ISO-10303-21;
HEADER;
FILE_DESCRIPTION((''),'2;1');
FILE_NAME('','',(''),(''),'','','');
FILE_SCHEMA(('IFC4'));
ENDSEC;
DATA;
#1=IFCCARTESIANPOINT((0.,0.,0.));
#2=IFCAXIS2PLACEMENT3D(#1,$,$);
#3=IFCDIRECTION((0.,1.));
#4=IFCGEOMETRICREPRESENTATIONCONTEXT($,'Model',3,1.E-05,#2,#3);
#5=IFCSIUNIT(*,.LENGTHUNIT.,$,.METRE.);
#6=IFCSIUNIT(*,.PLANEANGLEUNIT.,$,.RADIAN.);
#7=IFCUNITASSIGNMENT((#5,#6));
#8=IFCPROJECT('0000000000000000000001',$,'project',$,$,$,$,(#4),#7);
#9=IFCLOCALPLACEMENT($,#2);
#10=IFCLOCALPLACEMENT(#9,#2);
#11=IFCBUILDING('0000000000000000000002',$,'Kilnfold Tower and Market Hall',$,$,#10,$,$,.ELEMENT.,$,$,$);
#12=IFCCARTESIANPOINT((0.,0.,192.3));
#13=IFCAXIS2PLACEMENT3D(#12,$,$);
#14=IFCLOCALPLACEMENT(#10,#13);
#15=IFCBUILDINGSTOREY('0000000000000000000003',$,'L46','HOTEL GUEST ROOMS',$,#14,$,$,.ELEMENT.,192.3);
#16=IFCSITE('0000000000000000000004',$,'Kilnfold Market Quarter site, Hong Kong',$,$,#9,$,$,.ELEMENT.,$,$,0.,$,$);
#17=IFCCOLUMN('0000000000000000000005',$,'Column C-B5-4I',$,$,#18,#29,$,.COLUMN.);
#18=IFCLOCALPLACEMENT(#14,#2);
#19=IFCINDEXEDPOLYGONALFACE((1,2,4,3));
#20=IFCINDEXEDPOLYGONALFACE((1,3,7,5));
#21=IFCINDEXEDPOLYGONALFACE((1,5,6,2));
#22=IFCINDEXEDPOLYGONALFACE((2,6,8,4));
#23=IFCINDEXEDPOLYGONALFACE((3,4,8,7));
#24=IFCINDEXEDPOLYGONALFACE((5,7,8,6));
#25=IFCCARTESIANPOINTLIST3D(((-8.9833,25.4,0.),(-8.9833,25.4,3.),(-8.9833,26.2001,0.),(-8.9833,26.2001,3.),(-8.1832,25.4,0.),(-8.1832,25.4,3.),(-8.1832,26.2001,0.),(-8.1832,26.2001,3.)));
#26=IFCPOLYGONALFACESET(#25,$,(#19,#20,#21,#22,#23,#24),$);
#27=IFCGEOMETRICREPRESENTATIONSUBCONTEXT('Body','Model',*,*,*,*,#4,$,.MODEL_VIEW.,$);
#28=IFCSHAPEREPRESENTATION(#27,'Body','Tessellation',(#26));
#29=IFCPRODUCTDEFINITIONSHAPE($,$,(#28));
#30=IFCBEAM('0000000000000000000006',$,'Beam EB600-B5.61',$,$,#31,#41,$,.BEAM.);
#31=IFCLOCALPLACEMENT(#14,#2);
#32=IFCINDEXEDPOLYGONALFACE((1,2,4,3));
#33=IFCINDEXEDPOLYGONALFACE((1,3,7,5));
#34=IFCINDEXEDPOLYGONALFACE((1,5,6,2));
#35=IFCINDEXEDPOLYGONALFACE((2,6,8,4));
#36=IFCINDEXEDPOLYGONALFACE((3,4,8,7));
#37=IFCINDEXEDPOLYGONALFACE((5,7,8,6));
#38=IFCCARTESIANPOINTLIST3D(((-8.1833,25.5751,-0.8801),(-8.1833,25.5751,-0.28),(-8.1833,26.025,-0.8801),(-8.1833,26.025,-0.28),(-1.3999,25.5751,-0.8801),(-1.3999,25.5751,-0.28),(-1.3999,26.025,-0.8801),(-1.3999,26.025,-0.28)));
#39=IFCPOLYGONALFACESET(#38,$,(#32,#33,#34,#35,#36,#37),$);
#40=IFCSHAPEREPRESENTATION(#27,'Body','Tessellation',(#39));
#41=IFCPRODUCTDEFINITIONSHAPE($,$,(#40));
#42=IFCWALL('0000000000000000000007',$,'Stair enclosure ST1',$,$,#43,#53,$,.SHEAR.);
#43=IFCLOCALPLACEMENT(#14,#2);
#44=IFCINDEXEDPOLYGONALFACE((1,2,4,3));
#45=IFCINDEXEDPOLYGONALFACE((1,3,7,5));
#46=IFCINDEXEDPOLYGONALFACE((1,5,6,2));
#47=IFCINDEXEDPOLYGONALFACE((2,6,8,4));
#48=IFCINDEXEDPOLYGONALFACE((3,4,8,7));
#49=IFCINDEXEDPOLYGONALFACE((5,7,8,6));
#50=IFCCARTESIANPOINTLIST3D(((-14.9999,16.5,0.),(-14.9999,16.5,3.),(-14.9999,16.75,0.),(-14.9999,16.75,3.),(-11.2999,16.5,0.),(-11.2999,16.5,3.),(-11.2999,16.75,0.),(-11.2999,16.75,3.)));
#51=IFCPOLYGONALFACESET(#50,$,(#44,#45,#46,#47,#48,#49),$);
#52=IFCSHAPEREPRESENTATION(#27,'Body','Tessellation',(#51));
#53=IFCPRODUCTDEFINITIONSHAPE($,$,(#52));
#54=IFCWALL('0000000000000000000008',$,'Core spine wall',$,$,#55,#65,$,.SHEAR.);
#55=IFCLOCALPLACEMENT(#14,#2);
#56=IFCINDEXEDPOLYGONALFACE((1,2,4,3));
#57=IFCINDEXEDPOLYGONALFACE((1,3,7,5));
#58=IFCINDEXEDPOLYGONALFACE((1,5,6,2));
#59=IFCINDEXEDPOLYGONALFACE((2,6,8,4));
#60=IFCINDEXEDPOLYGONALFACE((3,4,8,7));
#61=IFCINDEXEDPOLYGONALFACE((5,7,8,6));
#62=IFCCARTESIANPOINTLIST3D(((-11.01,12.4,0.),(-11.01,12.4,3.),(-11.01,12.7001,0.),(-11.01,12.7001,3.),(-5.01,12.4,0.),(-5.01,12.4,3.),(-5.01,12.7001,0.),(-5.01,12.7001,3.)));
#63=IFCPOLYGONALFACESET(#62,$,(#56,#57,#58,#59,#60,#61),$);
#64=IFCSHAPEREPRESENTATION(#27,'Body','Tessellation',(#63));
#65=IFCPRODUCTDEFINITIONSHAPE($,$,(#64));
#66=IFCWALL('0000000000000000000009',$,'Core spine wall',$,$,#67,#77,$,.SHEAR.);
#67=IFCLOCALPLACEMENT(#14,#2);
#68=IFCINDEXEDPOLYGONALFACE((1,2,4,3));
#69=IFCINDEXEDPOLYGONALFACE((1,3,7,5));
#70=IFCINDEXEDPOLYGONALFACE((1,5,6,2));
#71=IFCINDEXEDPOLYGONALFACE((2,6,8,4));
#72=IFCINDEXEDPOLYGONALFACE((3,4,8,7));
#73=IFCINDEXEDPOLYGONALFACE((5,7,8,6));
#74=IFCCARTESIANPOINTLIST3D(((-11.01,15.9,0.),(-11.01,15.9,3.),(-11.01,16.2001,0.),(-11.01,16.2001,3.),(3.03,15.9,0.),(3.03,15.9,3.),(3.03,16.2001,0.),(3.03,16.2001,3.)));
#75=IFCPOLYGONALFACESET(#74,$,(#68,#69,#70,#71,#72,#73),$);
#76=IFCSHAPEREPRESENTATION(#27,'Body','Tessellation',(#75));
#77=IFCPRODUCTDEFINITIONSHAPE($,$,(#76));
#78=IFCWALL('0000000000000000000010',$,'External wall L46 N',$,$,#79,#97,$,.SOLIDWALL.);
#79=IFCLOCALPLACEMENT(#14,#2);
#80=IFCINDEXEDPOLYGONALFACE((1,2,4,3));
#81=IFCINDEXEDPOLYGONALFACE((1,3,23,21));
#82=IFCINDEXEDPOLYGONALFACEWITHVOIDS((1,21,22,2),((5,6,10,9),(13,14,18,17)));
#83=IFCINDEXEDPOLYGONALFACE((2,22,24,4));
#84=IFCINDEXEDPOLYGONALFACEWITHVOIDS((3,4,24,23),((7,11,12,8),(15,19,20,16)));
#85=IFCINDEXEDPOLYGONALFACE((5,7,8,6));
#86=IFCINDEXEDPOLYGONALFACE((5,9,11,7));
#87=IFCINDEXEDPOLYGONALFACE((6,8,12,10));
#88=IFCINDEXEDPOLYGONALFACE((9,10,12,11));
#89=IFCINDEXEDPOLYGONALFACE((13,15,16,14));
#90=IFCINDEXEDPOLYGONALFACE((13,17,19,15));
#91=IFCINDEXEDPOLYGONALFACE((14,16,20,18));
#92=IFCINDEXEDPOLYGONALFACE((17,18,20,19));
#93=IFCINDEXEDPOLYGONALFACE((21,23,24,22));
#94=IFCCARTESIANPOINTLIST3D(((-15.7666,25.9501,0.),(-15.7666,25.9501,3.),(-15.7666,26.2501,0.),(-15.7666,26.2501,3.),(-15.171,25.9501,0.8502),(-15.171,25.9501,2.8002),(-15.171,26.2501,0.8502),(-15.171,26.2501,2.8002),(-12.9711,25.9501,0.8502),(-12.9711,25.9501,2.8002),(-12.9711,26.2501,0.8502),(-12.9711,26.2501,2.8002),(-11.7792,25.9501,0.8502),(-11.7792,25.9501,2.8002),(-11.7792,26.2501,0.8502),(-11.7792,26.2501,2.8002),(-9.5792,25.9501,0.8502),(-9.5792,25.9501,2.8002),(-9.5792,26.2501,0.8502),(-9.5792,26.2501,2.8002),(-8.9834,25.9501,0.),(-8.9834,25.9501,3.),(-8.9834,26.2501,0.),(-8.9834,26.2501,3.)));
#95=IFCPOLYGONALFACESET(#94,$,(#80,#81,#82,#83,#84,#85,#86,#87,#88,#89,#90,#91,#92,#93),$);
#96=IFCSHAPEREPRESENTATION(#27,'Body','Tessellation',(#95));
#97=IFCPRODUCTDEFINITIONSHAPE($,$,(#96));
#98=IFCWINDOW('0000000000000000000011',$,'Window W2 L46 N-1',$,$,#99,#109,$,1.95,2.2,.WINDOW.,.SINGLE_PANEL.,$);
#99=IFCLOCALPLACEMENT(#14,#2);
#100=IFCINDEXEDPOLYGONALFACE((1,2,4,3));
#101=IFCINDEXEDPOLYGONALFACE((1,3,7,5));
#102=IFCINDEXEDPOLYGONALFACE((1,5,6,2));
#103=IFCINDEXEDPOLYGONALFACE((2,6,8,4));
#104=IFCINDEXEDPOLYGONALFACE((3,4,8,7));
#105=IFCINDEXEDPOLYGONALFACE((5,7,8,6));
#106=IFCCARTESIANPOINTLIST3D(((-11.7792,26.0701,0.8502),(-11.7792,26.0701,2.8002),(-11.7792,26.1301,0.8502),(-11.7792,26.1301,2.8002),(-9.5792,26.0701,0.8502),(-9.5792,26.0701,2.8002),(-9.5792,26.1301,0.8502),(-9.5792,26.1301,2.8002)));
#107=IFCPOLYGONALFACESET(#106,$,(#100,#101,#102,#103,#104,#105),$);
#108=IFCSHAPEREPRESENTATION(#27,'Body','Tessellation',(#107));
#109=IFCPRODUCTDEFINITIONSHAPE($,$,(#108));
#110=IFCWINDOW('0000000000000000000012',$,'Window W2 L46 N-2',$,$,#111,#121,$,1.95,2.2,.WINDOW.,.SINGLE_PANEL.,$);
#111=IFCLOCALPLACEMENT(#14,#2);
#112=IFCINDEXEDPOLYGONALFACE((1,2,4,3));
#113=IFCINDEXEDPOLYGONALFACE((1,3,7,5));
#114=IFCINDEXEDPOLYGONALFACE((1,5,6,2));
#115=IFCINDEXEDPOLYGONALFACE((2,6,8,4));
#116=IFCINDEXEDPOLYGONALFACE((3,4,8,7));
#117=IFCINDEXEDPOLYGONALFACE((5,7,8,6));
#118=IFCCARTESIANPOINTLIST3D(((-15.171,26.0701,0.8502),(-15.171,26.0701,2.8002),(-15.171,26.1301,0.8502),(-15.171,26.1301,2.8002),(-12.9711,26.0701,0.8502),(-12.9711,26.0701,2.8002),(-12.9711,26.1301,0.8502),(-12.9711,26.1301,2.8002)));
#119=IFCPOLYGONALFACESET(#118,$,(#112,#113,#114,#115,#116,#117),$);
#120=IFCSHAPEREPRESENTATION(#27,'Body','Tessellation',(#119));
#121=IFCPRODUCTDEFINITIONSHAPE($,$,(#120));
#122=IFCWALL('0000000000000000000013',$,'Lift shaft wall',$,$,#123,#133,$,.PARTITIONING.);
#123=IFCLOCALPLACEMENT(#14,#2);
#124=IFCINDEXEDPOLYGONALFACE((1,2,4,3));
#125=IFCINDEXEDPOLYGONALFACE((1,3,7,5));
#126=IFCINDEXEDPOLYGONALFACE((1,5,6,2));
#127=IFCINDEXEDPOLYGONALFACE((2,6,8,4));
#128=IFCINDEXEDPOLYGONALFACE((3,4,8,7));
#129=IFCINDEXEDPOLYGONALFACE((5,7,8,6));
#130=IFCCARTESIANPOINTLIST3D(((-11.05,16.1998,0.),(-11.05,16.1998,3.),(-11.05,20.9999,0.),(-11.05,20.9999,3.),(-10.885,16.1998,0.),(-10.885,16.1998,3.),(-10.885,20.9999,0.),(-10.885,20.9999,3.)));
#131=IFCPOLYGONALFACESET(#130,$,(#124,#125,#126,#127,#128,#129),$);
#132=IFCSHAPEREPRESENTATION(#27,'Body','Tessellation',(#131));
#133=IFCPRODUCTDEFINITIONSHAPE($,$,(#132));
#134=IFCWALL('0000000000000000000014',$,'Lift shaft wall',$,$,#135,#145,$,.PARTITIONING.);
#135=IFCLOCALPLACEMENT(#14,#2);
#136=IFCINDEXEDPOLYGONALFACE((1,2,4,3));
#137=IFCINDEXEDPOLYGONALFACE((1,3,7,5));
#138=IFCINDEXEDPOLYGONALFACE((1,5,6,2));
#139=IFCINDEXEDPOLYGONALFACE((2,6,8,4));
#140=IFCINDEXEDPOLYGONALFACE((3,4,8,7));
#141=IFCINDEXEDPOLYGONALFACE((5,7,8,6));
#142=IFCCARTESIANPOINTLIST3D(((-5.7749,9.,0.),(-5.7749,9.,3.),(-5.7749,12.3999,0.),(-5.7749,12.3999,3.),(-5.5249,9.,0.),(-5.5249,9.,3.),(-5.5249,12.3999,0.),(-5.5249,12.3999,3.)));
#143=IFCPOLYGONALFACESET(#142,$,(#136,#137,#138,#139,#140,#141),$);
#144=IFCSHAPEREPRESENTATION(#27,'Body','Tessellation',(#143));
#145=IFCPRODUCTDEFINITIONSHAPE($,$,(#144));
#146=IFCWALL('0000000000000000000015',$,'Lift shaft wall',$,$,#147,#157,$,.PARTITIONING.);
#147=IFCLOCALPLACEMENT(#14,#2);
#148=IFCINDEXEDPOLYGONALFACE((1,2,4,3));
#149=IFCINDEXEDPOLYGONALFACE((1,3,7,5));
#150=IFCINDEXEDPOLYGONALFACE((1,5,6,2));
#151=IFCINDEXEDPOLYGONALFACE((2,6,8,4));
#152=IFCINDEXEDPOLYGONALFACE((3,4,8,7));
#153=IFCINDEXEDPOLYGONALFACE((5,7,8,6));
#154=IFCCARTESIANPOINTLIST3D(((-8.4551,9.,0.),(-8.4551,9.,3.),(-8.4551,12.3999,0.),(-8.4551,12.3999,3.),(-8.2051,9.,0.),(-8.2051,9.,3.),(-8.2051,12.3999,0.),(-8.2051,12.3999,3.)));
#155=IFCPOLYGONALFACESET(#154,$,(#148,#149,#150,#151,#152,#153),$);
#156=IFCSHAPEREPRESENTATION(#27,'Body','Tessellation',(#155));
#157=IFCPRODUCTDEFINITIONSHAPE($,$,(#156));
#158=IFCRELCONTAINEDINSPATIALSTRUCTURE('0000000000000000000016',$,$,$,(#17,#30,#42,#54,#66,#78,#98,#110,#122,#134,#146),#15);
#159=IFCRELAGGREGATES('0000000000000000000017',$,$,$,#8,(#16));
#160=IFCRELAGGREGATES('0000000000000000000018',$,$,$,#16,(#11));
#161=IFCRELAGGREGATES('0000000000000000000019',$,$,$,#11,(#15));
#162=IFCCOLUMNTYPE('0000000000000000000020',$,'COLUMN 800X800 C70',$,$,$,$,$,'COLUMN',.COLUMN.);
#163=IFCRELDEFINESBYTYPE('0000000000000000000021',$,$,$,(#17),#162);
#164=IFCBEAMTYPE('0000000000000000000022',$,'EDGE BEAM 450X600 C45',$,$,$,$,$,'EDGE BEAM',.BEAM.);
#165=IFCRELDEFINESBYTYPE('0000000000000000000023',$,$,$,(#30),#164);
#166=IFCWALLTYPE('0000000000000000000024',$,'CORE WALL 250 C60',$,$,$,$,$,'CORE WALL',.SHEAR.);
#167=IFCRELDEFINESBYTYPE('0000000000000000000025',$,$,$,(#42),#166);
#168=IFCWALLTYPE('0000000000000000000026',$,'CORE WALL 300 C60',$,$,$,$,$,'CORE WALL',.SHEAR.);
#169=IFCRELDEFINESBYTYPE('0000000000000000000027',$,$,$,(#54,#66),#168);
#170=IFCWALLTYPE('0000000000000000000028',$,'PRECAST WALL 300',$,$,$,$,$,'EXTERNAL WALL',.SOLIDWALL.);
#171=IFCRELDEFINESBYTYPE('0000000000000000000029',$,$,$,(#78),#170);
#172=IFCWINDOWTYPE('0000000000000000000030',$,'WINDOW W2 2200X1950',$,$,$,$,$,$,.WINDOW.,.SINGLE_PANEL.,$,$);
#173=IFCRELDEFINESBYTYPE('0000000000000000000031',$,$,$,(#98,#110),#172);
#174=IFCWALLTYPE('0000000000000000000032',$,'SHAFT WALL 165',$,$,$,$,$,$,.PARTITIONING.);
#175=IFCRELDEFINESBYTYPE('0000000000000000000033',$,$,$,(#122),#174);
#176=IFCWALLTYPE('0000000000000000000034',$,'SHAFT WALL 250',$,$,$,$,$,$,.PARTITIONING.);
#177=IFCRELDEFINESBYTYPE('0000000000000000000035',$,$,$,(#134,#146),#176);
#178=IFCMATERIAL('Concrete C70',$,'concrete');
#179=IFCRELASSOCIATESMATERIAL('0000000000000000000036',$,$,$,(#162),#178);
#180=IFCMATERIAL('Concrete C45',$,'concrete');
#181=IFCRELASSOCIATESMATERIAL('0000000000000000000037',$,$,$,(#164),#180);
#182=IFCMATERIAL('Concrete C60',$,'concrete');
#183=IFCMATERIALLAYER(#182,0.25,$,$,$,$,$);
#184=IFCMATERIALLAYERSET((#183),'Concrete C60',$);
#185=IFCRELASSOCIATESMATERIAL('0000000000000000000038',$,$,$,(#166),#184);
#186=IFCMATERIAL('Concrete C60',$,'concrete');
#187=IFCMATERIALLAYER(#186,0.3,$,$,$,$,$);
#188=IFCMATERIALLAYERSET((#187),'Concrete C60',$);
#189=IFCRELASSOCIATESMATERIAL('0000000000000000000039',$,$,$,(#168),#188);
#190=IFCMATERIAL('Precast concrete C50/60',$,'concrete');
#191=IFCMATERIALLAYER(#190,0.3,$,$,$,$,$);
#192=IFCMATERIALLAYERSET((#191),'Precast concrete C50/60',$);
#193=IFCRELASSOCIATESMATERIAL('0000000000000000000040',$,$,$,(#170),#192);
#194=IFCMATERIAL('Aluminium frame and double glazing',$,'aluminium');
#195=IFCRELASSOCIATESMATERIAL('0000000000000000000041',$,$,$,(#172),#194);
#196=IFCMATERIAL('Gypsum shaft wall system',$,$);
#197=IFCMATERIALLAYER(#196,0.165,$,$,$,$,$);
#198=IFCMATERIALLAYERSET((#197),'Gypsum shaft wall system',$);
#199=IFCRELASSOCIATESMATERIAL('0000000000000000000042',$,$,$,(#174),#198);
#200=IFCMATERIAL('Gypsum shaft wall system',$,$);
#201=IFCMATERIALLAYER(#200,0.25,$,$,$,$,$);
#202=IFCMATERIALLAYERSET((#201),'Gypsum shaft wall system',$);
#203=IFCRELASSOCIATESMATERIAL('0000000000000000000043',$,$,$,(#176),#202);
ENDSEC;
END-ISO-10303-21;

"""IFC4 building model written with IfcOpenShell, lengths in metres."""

from ifc_helpers import new_model, si_unit, direction, frame, frame_2d, origin, origin_2d, place, context, subcontext, project, spatial, rectangle, extrude, source, transform, mapped, material, layer, layer_set, material_profile, profile_set, type_object, element, fill, save


model = new_model("IFC4")

# Units and contexts
model_context = context("Model", 3, precision=1e-05, world=origin(), true_north=direction((0.0, 1.0)))
body_context = subcontext(model_context, "Body", "Model", "MODEL_VIEW")
ifc_project = project(units=[si_unit("LENGTHUNIT", "METRE"), si_unit("PLANEANGLEUNIT", "RADIAN")], contexts=[model_context])

# Site, building, storey
site_placement = place(None, origin())
site = spatial("IfcSite", under=ifc_project, at=site_placement, Name="Kilnfold Market Quarter site, Hong Kong", CompositionType="ELEMENT", RefElevation=0.0)
building_placement = place(site_placement, origin())
building = spatial("IfcBuilding", under=site, at=building_placement, Name="Kilnfold Tower and Market Hall", CompositionType="ELEMENT")
storey_placement = place(building_placement, frame((0.0, 0.0, 192.3)))
storey = spatial("IfcBuildingStorey", under=building, at=storey_placement, Name="L46", Description="HOTEL GUEST ROOMS", CompositionType="ELEMENT", Elevation=192.3)

# Column
ifc_material_1 = material(Name="Concrete C70", Category="concrete")
ifc_material_profile_1 = material_profile(ifc_material_1, rectangle(XDim=0.8, YDim=0.8, at=origin_2d()), Name="RC 800x800")
ifc_profile_set_1 = profile_set([ifc_material_profile_1], Name="Concrete C70")
column_type = type_object("IfcColumnType", Name="COLUMN 800X800 C70", ElementType="COLUMN", PredefinedType="COLUMN", material=ifc_profile_set_1)
shared_shape_1 = source(origin(), body_context, "Body", "SweptSolid", [
    extrude(rectangle(XDim=0.8, YDim=0.8, at=origin_2d()), origin(), (0.0, 0.0, 1.0), 3.0),
])
column_placement = place(storey_placement, frame((-8.5833, 25.8, 0.0), z_axis=(0.0, 0.0, 1.0), x_axis=(1.0, 0.0, 0.0)))
element("IfcColumn", 1, at=column_placement, inside=storey, type_object=column_type, Name="Column C-B5-4I", PredefinedType="COLUMN", context=body_context, shape_type="MappedRepresentation", body=[
    mapped(shared_shape_1, transform((0.0, 0.0, 0.0))),
])

# Beam
ifc_material_2 = material(Name="Concrete C45", Category="concrete")
ifc_material_profile_2 = material_profile(ifc_material_2, rectangle(XDim=0.45, YDim=0.6001, at=origin_2d()), Name="RC 450x600")
ifc_profile_set_2 = profile_set([ifc_material_profile_2], Name="Concrete C45")
beam_type = type_object("IfcBeamType", Name="EDGE BEAM 450X600 C45", ElementType="EDGE BEAM", PredefinedType="BEAM", material=ifc_profile_set_2)
shared_shape_2 = source(origin(), body_context, "Body", "SweptSolid", [
    extrude(rectangle(XDim=0.45, YDim=0.6001, at=origin_2d()), origin(), (0.0, 0.0, 1.0), 6.7834),
])
beam_placement = place(storey_placement, frame((-8.1833, 25.8, -0.5801), z_axis=(1.0, 0.0, 0.0), x_axis=(0.0, 1.0, 0.0)))
element("IfcBeam", 2, at=beam_placement, inside=storey, type_object=beam_type, Name="Beam EB600-B5.61", PredefinedType="BEAM", context=body_context, shape_type="MappedRepresentation", body=[
    mapped(shared_shape_2, transform((0.0, 0.0, 0.0))),
])

# Walls
ifc_material_3 = material(Name="Concrete C60", Category="concrete")
ifc_layer_1 = layer(ifc_material_3, 0.25)
ifc_layer_set_1 = layer_set([ifc_layer_1], Name="Concrete C60")
wall_type_1 = type_object("IfcWallType", Name="CORE WALL 250 C60", ElementType="CORE WALL", PredefinedType="SHEAR", material=ifc_layer_set_1)
shared_shape_3 = source(origin(), body_context, "Body", "SweptSolid", [
    extrude(rectangle(XDim=3.7, YDim=0.25, at=frame_2d((1.8501, 0.0))), origin(), (0.0, 0.0, 1.0), 3.0),
])
wall_1_placement = place(storey_placement, frame((-15.0, 16.625, 0.0), z_axis=(0.0, 0.0, 1.0), x_axis=(1.0, 0.0, 0.0)))
element("IfcWall", 3, at=wall_1_placement, inside=storey, type_object=wall_type_1, Name="Stair enclosure ST1", PredefinedType="SHEAR", context=body_context, shape_type="MappedRepresentation", body=[
    mapped(shared_shape_3, transform((0.0, 0.0, 0.0))),
])
ifc_material_4 = material(Name="Concrete C60", Category="concrete")
ifc_layer_2 = layer(ifc_material_4, 0.3)
ifc_layer_set_2 = layer_set([ifc_layer_2], Name="Concrete C60")
wall_type_2 = type_object("IfcWallType", Name="CORE WALL 300 C60", ElementType="CORE WALL", PredefinedType="SHEAR", material=ifc_layer_set_2)
shared_shape_4 = source(origin(), body_context, "Body", "SweptSolid", [
    extrude(rectangle(XDim=6.0, YDim=0.3, at=frame_2d((3.0, 0.0))), origin(), (0.0, 0.0, 1.0), 3.0),
])
wall_2_placement = place(storey_placement, frame((-11.01, 12.55, 0.0), z_axis=(0.0, 0.0, 1.0), x_axis=(1.0, 0.0, 0.0)))
element("IfcWall", 4, at=wall_2_placement, inside=storey, type_object=wall_type_2, Name="Core spine wall", PredefinedType="SHEAR", context=body_context, shape_type="MappedRepresentation", body=[
    mapped(shared_shape_4, transform((0.0, 0.0, 0.0))),
])
shared_shape_5 = source(origin(), body_context, "Body", "SweptSolid", [
    extrude(rectangle(XDim=14.04, YDim=0.3, at=frame_2d((7.02, 0.0))), origin(), (0.0, 0.0, 1.0), 3.0),
])
wall_3_placement = place(storey_placement, frame((-11.01, 16.05, 0.0), z_axis=(0.0, 0.0, 1.0), x_axis=(1.0, 0.0, 0.0)))
element("IfcWall", 5, at=wall_3_placement, inside=storey, type_object=wall_type_2, Name="Core spine wall", PredefinedType="SHEAR", context=body_context, shape_type="MappedRepresentation", body=[
    mapped(shared_shape_5, transform((0.0, 0.0, 0.0))),
])

# Wall, openings, windows
ifc_material_5 = material(Name="Precast concrete C50/60", Category="concrete")
ifc_layer_3 = layer(ifc_material_5, 0.3)
ifc_layer_set_3 = layer_set([ifc_layer_3], Name="Precast concrete C50/60")
wall_type_3 = type_object("IfcWallType", Name="PRECAST WALL 300", ElementType="EXTERNAL WALL", PredefinedType="SOLIDWALL", material=ifc_layer_set_3)
shared_shape_6 = source(origin(), body_context, "Body", "SweptSolid", [
    extrude(rectangle(XDim=6.7832, YDim=0.3, at=frame_2d((3.3916, 0.0))), origin(), (0.0, 0.0, 1.0), 3.0),
])
wall_4_placement = place(storey_placement, frame((-8.9834, 26.1001, 0.0), z_axis=(0.0, 0.0, 1.0), x_axis=(-1.0, 0.0, 0.0)))
wall_4 = element("IfcWall", 6, at=wall_4_placement, inside=storey, type_object=wall_type_3, Name="External wall L46 N", PredefinedType="SOLIDWALL", context=body_context, shape_type="MappedRepresentation", body=[
    mapped(shared_shape_6, transform((0.0, 0.0, 0.0))),
])
opening_1_placement = place(wall_4_placement, frame((0.5957, 0.0, 0.8501)))
opening_1 = element("IfcOpeningElement", 7, at=opening_1_placement, cuts=wall_4, PredefinedType="OPENING", context=body_context, shape_type="SweptSolid", body=[
    extrude(rectangle(XDim=2.2, YDim=1.95, at=frame_2d((1.1001, 0.9751))), frame((0.0, 0.1602, 0.0), z_axis=(0.0, -1.0, 0.0), x_axis=(1.0, 0.0, 0.0)), (0.0, 0.0, 1.0), 0.3201),
])
opening_2_placement = place(wall_4_placement, frame((3.9875, 0.0, 0.8501)))
opening_2 = element("IfcOpeningElement", 8, at=opening_2_placement, cuts=wall_4, PredefinedType="OPENING", context=body_context, shape_type="SweptSolid", body=[
    extrude(rectangle(XDim=2.2, YDim=1.95, at=frame_2d((1.1001, 0.9751))), frame((0.0, 0.1602, 0.0), z_axis=(0.0, -1.0, 0.0), x_axis=(1.0, 0.0, 0.0)), (0.0, 0.0, 1.0), 0.3201),
])
ifc_material_6 = material(Name="Aluminium frame and double glazing", Category="aluminium")
window_type = type_object("IfcWindowType", Name="WINDOW W2 2200X1950", PartitioningType="SINGLE_PANEL", PredefinedType="WINDOW", material=ifc_material_6)
window_1_placement = place(opening_1_placement, origin())
window_1 = element("IfcWindow", 9, at=window_1_placement, inside=storey, type_object=window_type, Name="Window W2 L46 N-1", OverallHeight=1.95, OverallWidth=2.2, PartitioningType="SINGLE_PANEL", PredefinedType="WINDOW", context=body_context, shape_type="SweptSolid", body=[
    extrude(rectangle(XDim=2.2, YDim=1.95, at=frame_2d((1.1001, 0.9751))), frame((0.0, 0.03, 0.0), z_axis=(0.0, -1.0, 0.0), x_axis=(1.0, 0.0, 0.0)), (0.0, 0.0, 1.0), 0.0601),
])
fill(opening_1, window_1)
window_2_placement = place(opening_2_placement, origin())
window_2 = element("IfcWindow", 10, at=window_2_placement, inside=storey, type_object=window_type, Name="Window W2 L46 N-2", OverallHeight=1.95, OverallWidth=2.2, PartitioningType="SINGLE_PANEL", PredefinedType="WINDOW", context=body_context, shape_type="SweptSolid", body=[
    extrude(rectangle(XDim=2.2, YDim=1.95, at=frame_2d((1.1001, 0.9751))), frame((0.0, 0.03, 0.0), z_axis=(0.0, -1.0, 0.0), x_axis=(1.0, 0.0, 0.0)), (0.0, 0.0, 1.0), 0.0601),
])
fill(opening_2, window_2)

# Walls
ifc_material_7 = material(Name="Gypsum shaft wall system")
ifc_layer_4 = layer(ifc_material_7, 0.165)
ifc_layer_set_4 = layer_set([ifc_layer_4], Name="Gypsum shaft wall system")
wall_type_4 = type_object("IfcWallType", Name="SHAFT WALL 165", PredefinedType="PARTITIONING", material=ifc_layer_set_4)
shared_shape_7 = source(origin(), body_context, "Body", "SweptSolid", [
    extrude(rectangle(XDim=4.8, YDim=0.165, at=frame_2d((2.3999, 0.0))), origin(), (0.0, 0.0, 1.0), 3.0),
])
wall_5_placement = place(storey_placement, frame((-10.9675, 16.2, 0.0), z_axis=(0.0, 0.0, 1.0), x_axis=(0.0, 1.0, 0.0)))
element("IfcWall", 11, at=wall_5_placement, inside=storey, type_object=wall_type_4, Name="Lift shaft wall", PredefinedType="PARTITIONING", context=body_context, shape_type="MappedRepresentation", body=[
    mapped(shared_shape_7, transform((0.0, 0.0, 0.0))),
])
ifc_material_8 = material(Name="Gypsum shaft wall system")
ifc_layer_5 = layer(ifc_material_8, 0.25)
ifc_layer_set_5 = layer_set([ifc_layer_5], Name="Gypsum shaft wall system")
wall_type_5 = type_object("IfcWallType", Name="SHAFT WALL 250", PredefinedType="PARTITIONING", material=ifc_layer_set_5)
shared_shape_8 = source(origin(), body_context, "Body", "SweptSolid", [
    extrude(rectangle(XDim=3.3999, YDim=0.25, at=frame_2d((1.7, 0.0))), origin(), (0.0, 0.0, 1.0), 3.0),
])
for number, where, z_axis, x_axis, name in (
    (12, (-5.6499, 9.0, 0.0), (0.0, 0.0, 1.0), (0.0, 1.0, 0.0), "Lift shaft wall"),
    (13, (-8.3301, 9.0, 0.0), (0.0, 0.0, 1.0), (0.0, 1.0, 0.0), "Lift shaft wall"),
):
    element("IfcWall", number, at=place(storey_placement, frame(where, z_axis=z_axis, x_axis=x_axis)), inside=storey, type_object=wall_type_5, Name=name, PredefinedType="PARTITIONING", context=body_context, shape_type="MappedRepresentation", body=[
        mapped(shared_shape_8, transform((0.0, 0.0, 0.0))),
    ])

save(model, "model.ifc")
